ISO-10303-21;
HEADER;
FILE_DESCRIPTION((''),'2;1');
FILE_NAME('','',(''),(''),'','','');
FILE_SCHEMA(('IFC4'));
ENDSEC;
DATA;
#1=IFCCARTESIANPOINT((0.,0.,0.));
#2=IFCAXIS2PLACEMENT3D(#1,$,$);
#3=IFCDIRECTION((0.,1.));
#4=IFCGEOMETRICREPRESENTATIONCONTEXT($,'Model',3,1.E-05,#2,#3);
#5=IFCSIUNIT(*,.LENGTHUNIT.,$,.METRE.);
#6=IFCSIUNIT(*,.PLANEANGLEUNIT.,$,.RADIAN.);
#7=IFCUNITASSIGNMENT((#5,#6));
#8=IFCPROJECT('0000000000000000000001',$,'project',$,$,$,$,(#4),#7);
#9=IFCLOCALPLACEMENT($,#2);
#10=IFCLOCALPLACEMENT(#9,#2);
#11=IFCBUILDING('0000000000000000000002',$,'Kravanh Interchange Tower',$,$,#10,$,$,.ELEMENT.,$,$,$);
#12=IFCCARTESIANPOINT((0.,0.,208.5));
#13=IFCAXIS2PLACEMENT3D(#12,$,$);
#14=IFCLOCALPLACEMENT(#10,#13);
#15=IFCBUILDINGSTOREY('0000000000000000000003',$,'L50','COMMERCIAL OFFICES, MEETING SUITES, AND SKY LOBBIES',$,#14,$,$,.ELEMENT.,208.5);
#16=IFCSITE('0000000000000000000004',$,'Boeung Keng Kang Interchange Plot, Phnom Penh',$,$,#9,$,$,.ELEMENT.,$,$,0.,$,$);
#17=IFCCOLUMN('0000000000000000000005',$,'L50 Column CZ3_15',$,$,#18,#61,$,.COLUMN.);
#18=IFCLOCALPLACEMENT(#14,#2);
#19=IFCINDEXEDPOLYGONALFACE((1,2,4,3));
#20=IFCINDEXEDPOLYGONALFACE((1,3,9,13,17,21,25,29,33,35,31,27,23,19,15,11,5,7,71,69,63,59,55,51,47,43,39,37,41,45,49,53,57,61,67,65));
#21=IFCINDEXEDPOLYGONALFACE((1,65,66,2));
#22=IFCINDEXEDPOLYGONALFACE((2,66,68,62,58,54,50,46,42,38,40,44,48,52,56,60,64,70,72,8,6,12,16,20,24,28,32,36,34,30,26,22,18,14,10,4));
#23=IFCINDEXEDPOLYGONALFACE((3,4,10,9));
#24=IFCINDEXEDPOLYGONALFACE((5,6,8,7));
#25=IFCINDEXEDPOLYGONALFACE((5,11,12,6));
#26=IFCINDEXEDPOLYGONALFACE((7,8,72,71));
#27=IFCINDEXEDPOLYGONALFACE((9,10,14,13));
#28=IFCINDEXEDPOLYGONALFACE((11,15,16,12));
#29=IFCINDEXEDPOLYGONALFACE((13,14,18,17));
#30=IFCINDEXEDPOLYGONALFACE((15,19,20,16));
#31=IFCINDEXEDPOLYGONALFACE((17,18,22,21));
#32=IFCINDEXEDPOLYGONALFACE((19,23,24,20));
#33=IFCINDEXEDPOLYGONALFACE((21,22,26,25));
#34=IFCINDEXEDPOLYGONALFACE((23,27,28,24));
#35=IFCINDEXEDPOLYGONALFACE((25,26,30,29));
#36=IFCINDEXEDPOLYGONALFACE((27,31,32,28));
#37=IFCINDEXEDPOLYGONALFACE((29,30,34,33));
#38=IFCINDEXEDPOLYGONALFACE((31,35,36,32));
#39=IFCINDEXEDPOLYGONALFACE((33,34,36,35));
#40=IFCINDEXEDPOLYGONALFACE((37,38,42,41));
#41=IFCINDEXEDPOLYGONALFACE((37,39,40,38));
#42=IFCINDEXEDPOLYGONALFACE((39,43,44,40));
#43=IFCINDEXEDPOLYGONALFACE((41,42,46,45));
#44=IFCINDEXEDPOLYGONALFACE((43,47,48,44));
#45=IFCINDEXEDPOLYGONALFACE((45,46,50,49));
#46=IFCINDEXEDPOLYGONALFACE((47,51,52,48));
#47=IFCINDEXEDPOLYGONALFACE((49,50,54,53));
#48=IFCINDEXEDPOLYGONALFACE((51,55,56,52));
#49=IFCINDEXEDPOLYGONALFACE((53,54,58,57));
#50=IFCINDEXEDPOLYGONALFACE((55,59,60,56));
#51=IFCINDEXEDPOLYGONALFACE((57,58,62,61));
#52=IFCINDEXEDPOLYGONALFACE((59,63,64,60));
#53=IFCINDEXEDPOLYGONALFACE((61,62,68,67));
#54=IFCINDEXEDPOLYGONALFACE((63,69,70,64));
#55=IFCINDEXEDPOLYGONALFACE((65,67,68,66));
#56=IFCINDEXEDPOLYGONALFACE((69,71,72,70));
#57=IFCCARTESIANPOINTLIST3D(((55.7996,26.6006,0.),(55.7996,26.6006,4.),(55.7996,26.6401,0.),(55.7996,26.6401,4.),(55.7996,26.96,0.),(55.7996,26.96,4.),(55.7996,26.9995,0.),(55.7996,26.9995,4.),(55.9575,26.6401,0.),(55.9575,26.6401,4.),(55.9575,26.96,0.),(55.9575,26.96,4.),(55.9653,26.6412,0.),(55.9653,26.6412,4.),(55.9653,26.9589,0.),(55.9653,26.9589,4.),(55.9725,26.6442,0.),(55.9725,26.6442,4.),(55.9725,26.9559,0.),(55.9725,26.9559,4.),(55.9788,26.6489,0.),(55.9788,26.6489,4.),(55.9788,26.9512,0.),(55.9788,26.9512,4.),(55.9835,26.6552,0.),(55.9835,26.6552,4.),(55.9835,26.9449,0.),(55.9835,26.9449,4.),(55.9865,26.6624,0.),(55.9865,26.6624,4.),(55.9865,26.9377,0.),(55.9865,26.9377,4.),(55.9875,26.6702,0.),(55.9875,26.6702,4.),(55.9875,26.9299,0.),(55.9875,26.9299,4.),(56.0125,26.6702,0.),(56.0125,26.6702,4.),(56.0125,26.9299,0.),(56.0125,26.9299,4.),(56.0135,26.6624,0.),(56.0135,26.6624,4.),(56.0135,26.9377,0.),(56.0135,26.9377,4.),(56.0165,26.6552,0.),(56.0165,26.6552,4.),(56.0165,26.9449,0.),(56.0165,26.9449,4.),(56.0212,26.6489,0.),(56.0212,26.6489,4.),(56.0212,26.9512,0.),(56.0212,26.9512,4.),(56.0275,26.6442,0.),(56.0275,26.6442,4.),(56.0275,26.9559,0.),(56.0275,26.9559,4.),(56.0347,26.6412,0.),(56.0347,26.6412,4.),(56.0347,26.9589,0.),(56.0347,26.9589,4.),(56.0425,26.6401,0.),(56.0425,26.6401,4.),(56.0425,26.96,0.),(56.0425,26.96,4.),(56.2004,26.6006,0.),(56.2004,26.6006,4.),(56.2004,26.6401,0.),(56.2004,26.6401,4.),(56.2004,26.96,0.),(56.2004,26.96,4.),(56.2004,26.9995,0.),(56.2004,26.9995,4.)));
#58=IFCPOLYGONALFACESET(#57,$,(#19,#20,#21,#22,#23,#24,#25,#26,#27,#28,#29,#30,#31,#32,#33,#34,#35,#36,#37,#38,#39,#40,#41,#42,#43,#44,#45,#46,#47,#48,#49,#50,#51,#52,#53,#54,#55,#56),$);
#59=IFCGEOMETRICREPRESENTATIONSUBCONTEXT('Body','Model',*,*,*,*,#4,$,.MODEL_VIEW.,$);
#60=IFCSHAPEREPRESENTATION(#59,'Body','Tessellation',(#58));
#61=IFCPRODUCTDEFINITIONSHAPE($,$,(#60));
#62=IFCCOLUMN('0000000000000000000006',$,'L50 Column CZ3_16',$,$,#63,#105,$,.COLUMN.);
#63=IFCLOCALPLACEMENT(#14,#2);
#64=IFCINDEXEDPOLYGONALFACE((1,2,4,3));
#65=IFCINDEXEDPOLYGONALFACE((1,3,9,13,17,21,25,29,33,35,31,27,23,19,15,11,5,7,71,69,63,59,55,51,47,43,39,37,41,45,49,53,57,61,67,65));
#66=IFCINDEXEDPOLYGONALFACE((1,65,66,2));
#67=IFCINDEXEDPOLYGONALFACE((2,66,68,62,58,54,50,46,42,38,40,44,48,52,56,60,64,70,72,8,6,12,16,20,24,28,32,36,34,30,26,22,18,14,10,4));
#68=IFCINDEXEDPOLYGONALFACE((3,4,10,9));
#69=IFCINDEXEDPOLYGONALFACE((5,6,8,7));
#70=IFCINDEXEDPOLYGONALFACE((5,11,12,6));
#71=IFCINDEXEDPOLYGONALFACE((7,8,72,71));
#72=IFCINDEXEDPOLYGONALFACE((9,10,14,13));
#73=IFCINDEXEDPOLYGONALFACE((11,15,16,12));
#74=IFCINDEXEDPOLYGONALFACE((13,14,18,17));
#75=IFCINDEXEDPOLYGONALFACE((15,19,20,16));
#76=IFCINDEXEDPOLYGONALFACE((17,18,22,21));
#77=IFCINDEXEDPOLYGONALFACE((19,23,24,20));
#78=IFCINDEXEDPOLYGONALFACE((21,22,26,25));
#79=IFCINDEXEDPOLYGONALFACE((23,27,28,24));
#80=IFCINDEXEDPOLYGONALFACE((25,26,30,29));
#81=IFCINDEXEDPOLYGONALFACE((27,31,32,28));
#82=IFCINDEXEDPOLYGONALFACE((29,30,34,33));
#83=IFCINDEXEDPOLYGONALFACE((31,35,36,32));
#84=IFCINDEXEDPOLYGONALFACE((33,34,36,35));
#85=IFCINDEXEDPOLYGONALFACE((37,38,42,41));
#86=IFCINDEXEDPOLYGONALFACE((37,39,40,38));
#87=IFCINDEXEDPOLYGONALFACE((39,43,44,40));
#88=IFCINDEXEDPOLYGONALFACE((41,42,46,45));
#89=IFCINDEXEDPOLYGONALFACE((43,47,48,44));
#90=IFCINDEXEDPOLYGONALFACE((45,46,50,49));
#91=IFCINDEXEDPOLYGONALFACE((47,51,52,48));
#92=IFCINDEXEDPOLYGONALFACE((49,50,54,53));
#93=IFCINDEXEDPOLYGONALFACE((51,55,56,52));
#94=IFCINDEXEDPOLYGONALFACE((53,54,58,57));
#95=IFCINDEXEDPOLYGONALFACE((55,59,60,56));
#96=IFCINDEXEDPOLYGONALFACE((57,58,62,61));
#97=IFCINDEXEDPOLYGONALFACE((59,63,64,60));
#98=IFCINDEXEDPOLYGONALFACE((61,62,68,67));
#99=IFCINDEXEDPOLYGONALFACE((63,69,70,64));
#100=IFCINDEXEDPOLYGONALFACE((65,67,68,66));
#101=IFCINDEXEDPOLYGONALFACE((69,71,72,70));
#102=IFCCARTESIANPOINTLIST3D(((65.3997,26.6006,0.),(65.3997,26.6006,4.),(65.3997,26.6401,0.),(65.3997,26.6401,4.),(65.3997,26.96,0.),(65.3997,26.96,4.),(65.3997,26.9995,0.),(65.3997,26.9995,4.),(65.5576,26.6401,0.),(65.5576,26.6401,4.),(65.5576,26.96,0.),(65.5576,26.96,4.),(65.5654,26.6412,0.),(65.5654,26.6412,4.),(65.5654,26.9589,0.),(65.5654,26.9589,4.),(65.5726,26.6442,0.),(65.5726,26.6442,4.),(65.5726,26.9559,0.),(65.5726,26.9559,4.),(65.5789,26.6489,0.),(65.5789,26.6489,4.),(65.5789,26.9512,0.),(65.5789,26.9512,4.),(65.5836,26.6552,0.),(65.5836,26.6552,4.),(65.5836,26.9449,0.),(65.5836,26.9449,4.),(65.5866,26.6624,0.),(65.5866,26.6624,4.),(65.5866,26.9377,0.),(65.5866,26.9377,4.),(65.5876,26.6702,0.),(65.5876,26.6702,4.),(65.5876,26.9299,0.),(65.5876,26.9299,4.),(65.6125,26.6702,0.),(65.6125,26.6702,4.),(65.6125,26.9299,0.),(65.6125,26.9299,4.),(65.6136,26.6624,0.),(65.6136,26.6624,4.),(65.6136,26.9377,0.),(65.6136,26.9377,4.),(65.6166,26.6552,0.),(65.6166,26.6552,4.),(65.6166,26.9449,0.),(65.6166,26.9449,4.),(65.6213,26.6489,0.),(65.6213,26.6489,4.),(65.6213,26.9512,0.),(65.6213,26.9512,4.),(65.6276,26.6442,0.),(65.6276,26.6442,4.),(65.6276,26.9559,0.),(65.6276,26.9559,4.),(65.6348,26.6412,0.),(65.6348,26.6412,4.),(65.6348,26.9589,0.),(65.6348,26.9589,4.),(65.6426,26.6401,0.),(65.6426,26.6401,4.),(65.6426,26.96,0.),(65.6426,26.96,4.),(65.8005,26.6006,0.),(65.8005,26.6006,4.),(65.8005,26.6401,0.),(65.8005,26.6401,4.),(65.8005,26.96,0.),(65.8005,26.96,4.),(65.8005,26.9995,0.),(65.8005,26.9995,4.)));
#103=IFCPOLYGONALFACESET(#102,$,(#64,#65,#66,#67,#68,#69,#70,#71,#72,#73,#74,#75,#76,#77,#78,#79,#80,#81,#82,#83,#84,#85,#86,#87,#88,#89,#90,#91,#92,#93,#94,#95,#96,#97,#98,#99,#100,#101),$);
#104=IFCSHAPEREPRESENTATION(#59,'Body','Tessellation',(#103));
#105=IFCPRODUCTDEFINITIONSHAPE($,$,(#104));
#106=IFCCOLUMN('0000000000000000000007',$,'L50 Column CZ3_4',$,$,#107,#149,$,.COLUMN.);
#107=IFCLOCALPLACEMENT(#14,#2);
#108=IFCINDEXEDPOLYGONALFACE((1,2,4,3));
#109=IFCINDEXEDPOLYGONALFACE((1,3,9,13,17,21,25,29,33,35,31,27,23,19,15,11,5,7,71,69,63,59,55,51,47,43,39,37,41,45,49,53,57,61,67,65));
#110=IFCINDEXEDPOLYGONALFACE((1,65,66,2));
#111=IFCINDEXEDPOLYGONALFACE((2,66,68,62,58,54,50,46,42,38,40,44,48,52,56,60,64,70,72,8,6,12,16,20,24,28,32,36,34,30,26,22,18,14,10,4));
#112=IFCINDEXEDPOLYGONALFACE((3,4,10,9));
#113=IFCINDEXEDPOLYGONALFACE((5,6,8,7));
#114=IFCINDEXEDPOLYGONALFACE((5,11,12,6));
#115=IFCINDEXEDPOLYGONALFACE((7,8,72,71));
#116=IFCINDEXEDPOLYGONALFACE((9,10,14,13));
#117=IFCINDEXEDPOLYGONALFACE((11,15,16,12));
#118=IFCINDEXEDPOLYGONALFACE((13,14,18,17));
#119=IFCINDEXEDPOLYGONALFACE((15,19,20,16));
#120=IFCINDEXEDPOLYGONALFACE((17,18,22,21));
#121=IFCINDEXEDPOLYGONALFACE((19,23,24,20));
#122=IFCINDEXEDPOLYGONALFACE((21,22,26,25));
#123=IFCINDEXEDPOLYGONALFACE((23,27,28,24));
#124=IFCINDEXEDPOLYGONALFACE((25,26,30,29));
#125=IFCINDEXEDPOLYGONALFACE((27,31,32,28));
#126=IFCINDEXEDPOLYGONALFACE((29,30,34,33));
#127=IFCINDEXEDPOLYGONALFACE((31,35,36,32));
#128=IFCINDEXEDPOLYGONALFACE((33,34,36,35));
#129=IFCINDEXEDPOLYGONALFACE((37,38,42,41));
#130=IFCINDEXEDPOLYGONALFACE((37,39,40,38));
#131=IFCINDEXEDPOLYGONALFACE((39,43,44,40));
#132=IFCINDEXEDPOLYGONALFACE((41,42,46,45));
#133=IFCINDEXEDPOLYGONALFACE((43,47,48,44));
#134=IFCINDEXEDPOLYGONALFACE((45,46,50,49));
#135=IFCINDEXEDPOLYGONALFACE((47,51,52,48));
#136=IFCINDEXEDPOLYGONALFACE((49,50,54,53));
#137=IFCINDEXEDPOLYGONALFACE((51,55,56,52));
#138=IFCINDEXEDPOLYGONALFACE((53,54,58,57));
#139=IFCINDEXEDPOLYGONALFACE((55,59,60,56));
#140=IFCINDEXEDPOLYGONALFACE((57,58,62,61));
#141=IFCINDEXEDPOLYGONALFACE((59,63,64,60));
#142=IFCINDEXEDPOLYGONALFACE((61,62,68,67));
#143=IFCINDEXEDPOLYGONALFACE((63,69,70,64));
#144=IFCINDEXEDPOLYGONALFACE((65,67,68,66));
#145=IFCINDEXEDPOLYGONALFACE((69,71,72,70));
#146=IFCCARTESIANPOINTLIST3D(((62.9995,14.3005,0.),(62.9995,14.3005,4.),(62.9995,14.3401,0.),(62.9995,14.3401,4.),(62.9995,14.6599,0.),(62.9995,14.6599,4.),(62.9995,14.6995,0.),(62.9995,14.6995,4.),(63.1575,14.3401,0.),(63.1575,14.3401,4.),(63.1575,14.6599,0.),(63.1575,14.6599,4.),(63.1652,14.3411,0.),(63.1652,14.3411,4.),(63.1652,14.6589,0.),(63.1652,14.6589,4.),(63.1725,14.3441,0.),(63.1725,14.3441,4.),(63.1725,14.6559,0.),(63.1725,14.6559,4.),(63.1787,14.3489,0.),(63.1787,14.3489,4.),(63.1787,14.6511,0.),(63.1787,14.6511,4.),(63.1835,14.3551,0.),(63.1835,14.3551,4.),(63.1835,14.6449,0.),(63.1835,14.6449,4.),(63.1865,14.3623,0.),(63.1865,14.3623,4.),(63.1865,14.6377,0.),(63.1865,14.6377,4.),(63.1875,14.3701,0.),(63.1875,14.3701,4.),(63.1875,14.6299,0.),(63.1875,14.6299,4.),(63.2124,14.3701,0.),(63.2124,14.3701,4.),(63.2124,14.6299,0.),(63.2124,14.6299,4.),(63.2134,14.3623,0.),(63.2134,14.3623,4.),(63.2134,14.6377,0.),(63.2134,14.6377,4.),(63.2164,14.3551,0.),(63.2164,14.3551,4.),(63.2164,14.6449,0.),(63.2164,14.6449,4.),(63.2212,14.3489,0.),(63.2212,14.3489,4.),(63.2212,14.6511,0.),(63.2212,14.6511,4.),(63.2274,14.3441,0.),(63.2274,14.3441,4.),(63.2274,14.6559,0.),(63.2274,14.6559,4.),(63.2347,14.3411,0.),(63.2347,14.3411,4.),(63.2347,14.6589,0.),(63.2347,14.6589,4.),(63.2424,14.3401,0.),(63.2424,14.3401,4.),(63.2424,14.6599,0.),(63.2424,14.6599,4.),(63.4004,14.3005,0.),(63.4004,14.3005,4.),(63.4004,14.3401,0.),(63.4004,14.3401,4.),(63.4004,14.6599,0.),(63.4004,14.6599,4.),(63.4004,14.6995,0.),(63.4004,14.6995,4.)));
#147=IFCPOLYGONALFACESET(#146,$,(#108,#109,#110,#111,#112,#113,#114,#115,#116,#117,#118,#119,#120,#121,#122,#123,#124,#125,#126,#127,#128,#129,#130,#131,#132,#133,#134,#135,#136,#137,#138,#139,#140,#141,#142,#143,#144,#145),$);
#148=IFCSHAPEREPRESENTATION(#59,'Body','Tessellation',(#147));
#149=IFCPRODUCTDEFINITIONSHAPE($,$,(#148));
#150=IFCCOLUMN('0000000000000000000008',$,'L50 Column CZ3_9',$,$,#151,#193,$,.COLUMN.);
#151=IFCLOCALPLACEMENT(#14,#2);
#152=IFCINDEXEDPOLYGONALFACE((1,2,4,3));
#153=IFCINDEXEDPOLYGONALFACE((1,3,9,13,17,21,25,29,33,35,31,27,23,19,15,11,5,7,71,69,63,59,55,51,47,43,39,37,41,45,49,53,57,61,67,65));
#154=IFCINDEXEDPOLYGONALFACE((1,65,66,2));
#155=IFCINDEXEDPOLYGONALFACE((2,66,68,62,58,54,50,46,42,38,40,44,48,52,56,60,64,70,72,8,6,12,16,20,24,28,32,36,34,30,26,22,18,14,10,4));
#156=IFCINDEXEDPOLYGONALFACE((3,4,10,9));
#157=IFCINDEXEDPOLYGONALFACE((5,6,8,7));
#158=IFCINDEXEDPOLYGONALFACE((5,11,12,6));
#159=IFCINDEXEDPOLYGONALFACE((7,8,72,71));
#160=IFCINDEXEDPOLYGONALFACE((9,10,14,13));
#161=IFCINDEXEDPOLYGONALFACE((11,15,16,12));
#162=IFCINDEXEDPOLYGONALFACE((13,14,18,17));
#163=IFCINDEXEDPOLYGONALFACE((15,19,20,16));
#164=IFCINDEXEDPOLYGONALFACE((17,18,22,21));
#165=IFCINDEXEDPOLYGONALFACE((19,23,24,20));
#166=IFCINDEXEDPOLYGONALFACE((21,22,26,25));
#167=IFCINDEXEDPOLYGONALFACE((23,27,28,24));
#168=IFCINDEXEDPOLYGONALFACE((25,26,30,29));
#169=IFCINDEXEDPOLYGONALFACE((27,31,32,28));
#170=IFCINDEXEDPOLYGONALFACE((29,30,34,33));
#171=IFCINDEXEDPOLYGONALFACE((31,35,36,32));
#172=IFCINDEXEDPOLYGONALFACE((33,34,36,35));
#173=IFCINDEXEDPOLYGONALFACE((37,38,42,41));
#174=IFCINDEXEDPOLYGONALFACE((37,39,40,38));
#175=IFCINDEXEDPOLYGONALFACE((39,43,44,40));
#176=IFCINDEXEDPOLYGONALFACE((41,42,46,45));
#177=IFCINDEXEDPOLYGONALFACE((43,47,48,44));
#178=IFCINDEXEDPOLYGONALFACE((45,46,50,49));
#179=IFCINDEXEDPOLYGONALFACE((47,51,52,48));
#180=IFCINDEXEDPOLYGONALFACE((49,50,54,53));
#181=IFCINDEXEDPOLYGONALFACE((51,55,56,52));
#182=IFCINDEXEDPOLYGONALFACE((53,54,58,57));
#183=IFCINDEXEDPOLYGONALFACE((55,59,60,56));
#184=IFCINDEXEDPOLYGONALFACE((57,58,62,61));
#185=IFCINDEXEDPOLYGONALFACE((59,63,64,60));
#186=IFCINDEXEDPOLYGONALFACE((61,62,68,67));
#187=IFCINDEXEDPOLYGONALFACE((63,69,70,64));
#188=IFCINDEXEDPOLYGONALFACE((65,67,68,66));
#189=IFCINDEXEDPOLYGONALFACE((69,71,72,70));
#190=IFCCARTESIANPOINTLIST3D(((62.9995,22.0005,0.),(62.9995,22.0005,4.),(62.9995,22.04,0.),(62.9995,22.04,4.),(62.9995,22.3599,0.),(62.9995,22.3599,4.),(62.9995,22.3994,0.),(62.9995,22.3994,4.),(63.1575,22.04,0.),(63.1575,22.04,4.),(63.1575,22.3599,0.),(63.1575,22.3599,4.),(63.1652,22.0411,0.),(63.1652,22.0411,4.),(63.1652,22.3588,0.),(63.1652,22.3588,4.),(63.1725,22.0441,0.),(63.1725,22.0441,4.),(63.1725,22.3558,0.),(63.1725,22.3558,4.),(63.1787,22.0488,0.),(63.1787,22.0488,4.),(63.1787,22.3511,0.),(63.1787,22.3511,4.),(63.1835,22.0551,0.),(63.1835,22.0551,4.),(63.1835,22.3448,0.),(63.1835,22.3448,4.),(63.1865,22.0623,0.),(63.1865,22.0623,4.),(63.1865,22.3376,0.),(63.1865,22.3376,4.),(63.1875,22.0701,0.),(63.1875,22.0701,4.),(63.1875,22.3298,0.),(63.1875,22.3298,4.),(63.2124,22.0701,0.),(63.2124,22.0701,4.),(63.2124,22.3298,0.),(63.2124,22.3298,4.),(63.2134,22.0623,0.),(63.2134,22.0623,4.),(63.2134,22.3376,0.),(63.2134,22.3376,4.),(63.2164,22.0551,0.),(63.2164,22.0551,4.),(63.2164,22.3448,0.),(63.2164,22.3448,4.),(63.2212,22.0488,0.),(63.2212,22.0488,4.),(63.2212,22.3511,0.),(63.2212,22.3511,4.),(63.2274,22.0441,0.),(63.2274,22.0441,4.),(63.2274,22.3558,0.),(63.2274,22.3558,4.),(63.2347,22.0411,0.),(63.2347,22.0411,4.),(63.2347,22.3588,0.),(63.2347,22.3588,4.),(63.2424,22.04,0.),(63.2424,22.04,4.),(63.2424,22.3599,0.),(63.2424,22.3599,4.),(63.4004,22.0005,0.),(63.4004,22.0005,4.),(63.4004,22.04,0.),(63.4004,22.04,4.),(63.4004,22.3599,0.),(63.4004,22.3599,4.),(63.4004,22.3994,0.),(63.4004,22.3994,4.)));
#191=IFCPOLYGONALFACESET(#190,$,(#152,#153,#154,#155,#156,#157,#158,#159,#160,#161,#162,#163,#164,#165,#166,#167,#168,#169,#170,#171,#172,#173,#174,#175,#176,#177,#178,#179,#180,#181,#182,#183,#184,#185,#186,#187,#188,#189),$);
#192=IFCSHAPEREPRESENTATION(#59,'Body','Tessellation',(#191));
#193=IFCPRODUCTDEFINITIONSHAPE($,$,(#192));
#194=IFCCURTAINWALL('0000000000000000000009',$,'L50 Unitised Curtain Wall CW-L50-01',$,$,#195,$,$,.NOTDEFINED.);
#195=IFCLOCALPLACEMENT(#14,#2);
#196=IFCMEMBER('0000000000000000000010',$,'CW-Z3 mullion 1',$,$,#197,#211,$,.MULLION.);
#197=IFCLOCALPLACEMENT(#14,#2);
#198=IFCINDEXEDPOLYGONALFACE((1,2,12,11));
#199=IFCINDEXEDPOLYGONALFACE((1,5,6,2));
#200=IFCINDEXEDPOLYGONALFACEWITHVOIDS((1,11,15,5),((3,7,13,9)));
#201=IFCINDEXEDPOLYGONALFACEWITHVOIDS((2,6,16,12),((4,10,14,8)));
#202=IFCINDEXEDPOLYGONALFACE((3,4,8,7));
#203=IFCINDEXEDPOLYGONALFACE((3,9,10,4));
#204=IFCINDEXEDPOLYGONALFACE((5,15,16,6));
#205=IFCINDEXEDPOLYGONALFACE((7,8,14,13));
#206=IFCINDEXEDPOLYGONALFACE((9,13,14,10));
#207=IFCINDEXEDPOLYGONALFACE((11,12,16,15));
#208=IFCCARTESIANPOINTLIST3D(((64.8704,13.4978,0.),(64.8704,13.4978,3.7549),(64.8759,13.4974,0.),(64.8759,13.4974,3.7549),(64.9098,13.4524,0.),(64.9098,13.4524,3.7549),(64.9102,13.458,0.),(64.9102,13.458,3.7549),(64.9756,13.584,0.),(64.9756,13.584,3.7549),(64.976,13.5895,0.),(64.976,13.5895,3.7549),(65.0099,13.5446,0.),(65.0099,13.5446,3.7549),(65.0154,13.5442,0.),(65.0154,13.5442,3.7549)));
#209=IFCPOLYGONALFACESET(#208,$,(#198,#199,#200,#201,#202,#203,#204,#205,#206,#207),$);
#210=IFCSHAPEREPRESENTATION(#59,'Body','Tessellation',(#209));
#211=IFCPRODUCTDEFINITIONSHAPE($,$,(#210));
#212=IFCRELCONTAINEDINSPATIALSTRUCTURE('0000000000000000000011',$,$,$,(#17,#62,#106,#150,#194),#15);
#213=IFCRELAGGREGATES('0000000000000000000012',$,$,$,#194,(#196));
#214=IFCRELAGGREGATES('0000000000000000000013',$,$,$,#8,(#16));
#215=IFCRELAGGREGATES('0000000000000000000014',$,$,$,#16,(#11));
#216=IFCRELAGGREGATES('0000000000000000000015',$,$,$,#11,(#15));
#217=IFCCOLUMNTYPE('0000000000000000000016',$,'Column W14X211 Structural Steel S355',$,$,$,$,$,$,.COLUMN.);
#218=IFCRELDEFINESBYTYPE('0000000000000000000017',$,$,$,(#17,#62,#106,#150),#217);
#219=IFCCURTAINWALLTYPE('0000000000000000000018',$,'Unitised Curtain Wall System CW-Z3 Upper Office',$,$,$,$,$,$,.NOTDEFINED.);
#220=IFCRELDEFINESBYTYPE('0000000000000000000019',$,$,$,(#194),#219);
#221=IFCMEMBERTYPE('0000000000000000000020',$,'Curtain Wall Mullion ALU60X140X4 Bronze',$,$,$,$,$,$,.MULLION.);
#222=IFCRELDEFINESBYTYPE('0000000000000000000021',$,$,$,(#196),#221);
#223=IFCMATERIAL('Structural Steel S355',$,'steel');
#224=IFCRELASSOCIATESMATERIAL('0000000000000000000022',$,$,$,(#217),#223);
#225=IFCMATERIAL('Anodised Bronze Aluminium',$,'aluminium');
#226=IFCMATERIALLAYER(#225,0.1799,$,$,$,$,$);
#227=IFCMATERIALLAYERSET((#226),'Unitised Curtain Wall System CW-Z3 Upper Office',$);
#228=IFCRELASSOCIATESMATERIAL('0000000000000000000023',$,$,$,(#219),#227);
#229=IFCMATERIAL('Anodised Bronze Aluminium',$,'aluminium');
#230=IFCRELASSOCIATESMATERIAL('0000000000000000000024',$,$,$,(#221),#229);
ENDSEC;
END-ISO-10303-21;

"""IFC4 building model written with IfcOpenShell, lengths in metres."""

from ifc_helpers import new_model, si_unit, direction, frame, origin, origin_2d, place, context, subcontext, project, spatial, hollow_rectangle, i_section, extrude, material, layer, layer_set, material_profile, profile_set, type_object, element, aggregate, save


model = new_model("IFC4")

# Units and contexts
model_context = context("Model", 3, precision=1e-05, world=origin(), true_north=direction((0.0, 1.0)))
body_context = subcontext(model_context, "Body", "Model", "MODEL_VIEW")
ifc_project = project(units=[si_unit("LENGTHUNIT", "METRE"), si_unit("PLANEANGLEUNIT", "RADIAN")], contexts=[model_context])

# Site, building, storey
site_placement = place(None, origin())
site = spatial("IfcSite", under=ifc_project, at=site_placement, Name="Boeung Keng Kang Interchange Plot, Phnom Penh", CompositionType="ELEMENT", RefElevation=0.0)
building_placement = place(site_placement, origin())
building = spatial("IfcBuilding", under=site, at=building_placement, Name="Kravanh Interchange Tower", CompositionType="ELEMENT")
storey_placement = place(building_placement, frame((0.0, 0.0, 208.5)))
storey = spatial("IfcBuildingStorey", under=building, at=storey_placement, Name="L50", Description="COMMERCIAL OFFICES, MEETING SUITES, AND SKY LOBBIES", CompositionType="ELEMENT", Elevation=208.5)

# Columns
ifc_material_1 = material(Name="Structural Steel S355", Category="steel")
ifc_material_profile_1 = material_profile(ifc_material_1, i_section(OverallWidth=0.4009, OverallDepth=0.3989, WebThickness=0.0249, FlangeThickness=0.0396, FilletRadius=0.03, at=origin_2d()), Name="W14X211")
ifc_profile_set_1 = profile_set([ifc_material_profile_1], Name="Structural Steel S355")
column_type = type_object("IfcColumnType", Name="Column W14X211 Structural Steel S355", PredefinedType="COLUMN", material=ifc_profile_set_1)
for number, where, z_axis, x_axis, name in (
    (1, (56.0, 26.8, 0.0), (0.0, 0.0, 1.0), (1.0, 0.0, 0.0), "L50 Column CZ3_15"),
    (2, (65.6001, 26.8, 0.0), (0.0, 0.0, 1.0), (1.0, 0.0, 0.0), "L50 Column CZ3_16"),
    (3, (63.2, 14.5, 0.0), (0.0, 0.0, 1.0), (1.0, 0.0, 0.0), "L50 Column CZ3_4"),
    (4, (63.2, 22.2, 0.0), (0.0, 0.0, 1.0), (1.0, 0.0, 0.0), "L50 Column CZ3_9"),
):
    element("IfcColumn", number, at=place(storey_placement, frame(where, z_axis=z_axis, x_axis=x_axis)), inside=storey, type_object=column_type, Name=name, PredefinedType="COLUMN", context=body_context, shape_type="SweptSolid", body=[
        extrude(i_section(OverallWidth=0.4009, OverallDepth=0.3989, WebThickness=0.0249, FlangeThickness=0.0396, FilletRadius=0.03, at=origin_2d()), origin(), (0.0, 0.0, 1.0), 4.0),
    ])

# Curtain wall, member
ifc_material_2 = material(Name="Anodised Bronze Aluminium", Category="aluminium")
ifc_layer_1 = layer(ifc_material_2, 0.1799)
ifc_layer_set_1 = layer_set([ifc_layer_1], Name="Unitised Curtain Wall System CW-Z3 Upper Office")
curtain_wall_type = type_object("IfcCurtainWallType", Name="Unitised Curtain Wall System CW-Z3 Upper Office", PredefinedType="NOTDEFINED", material=ifc_layer_set_1)
curtain_wall_1_placement = place(storey_placement, origin())
curtain_wall_1 = element("IfcCurtainWall", 5, at=curtain_wall_1_placement, inside=storey, type_object=curtain_wall_type, Name="L50 Unitised Curtain Wall CW-L50-01", PredefinedType="NOTDEFINED")
ifc_material_3 = material(Name="Anodised Bronze Aluminium", Category="aluminium")
ifc_material_profile_2 = material_profile(ifc_material_3, hollow_rectangle(XDim=0.0601, YDim=0.1399, WallThickness=0.0039, at=origin_2d()), Name="ALU60X140X4")
ifc_profile_set_2 = profile_set([ifc_material_profile_2], Name="Anodised Bronze Aluminium")
member_type_1 = type_object("IfcMemberType", Name="Curtain Wall Mullion ALU60X140X4 Bronze", PredefinedType="MULLION", material=ifc_profile_set_2)
member_1_placement = place(storey_placement, frame((64.9429, 13.521, 0.0), z_axis=(0.0, 0.0, 1.0), x_axis=(0.656051, -0.754717, 0.0)))
member_1 = element("IfcMember", 6, at=member_1_placement, type_object=member_type_1, Name="CW-Z3 mullion 1", PredefinedType="MULLION", context=body_context, shape_type="SweptSolid", body=[
    extrude(hollow_rectangle(XDim=0.0601, YDim=0.1399, WallThickness=0.0039, at=origin_2d()), origin(), (0.0, 0.0, 1.0), 3.7549),
])

aggregate(curtain_wall_1, [member_1])

save(model, "model.ifc")
